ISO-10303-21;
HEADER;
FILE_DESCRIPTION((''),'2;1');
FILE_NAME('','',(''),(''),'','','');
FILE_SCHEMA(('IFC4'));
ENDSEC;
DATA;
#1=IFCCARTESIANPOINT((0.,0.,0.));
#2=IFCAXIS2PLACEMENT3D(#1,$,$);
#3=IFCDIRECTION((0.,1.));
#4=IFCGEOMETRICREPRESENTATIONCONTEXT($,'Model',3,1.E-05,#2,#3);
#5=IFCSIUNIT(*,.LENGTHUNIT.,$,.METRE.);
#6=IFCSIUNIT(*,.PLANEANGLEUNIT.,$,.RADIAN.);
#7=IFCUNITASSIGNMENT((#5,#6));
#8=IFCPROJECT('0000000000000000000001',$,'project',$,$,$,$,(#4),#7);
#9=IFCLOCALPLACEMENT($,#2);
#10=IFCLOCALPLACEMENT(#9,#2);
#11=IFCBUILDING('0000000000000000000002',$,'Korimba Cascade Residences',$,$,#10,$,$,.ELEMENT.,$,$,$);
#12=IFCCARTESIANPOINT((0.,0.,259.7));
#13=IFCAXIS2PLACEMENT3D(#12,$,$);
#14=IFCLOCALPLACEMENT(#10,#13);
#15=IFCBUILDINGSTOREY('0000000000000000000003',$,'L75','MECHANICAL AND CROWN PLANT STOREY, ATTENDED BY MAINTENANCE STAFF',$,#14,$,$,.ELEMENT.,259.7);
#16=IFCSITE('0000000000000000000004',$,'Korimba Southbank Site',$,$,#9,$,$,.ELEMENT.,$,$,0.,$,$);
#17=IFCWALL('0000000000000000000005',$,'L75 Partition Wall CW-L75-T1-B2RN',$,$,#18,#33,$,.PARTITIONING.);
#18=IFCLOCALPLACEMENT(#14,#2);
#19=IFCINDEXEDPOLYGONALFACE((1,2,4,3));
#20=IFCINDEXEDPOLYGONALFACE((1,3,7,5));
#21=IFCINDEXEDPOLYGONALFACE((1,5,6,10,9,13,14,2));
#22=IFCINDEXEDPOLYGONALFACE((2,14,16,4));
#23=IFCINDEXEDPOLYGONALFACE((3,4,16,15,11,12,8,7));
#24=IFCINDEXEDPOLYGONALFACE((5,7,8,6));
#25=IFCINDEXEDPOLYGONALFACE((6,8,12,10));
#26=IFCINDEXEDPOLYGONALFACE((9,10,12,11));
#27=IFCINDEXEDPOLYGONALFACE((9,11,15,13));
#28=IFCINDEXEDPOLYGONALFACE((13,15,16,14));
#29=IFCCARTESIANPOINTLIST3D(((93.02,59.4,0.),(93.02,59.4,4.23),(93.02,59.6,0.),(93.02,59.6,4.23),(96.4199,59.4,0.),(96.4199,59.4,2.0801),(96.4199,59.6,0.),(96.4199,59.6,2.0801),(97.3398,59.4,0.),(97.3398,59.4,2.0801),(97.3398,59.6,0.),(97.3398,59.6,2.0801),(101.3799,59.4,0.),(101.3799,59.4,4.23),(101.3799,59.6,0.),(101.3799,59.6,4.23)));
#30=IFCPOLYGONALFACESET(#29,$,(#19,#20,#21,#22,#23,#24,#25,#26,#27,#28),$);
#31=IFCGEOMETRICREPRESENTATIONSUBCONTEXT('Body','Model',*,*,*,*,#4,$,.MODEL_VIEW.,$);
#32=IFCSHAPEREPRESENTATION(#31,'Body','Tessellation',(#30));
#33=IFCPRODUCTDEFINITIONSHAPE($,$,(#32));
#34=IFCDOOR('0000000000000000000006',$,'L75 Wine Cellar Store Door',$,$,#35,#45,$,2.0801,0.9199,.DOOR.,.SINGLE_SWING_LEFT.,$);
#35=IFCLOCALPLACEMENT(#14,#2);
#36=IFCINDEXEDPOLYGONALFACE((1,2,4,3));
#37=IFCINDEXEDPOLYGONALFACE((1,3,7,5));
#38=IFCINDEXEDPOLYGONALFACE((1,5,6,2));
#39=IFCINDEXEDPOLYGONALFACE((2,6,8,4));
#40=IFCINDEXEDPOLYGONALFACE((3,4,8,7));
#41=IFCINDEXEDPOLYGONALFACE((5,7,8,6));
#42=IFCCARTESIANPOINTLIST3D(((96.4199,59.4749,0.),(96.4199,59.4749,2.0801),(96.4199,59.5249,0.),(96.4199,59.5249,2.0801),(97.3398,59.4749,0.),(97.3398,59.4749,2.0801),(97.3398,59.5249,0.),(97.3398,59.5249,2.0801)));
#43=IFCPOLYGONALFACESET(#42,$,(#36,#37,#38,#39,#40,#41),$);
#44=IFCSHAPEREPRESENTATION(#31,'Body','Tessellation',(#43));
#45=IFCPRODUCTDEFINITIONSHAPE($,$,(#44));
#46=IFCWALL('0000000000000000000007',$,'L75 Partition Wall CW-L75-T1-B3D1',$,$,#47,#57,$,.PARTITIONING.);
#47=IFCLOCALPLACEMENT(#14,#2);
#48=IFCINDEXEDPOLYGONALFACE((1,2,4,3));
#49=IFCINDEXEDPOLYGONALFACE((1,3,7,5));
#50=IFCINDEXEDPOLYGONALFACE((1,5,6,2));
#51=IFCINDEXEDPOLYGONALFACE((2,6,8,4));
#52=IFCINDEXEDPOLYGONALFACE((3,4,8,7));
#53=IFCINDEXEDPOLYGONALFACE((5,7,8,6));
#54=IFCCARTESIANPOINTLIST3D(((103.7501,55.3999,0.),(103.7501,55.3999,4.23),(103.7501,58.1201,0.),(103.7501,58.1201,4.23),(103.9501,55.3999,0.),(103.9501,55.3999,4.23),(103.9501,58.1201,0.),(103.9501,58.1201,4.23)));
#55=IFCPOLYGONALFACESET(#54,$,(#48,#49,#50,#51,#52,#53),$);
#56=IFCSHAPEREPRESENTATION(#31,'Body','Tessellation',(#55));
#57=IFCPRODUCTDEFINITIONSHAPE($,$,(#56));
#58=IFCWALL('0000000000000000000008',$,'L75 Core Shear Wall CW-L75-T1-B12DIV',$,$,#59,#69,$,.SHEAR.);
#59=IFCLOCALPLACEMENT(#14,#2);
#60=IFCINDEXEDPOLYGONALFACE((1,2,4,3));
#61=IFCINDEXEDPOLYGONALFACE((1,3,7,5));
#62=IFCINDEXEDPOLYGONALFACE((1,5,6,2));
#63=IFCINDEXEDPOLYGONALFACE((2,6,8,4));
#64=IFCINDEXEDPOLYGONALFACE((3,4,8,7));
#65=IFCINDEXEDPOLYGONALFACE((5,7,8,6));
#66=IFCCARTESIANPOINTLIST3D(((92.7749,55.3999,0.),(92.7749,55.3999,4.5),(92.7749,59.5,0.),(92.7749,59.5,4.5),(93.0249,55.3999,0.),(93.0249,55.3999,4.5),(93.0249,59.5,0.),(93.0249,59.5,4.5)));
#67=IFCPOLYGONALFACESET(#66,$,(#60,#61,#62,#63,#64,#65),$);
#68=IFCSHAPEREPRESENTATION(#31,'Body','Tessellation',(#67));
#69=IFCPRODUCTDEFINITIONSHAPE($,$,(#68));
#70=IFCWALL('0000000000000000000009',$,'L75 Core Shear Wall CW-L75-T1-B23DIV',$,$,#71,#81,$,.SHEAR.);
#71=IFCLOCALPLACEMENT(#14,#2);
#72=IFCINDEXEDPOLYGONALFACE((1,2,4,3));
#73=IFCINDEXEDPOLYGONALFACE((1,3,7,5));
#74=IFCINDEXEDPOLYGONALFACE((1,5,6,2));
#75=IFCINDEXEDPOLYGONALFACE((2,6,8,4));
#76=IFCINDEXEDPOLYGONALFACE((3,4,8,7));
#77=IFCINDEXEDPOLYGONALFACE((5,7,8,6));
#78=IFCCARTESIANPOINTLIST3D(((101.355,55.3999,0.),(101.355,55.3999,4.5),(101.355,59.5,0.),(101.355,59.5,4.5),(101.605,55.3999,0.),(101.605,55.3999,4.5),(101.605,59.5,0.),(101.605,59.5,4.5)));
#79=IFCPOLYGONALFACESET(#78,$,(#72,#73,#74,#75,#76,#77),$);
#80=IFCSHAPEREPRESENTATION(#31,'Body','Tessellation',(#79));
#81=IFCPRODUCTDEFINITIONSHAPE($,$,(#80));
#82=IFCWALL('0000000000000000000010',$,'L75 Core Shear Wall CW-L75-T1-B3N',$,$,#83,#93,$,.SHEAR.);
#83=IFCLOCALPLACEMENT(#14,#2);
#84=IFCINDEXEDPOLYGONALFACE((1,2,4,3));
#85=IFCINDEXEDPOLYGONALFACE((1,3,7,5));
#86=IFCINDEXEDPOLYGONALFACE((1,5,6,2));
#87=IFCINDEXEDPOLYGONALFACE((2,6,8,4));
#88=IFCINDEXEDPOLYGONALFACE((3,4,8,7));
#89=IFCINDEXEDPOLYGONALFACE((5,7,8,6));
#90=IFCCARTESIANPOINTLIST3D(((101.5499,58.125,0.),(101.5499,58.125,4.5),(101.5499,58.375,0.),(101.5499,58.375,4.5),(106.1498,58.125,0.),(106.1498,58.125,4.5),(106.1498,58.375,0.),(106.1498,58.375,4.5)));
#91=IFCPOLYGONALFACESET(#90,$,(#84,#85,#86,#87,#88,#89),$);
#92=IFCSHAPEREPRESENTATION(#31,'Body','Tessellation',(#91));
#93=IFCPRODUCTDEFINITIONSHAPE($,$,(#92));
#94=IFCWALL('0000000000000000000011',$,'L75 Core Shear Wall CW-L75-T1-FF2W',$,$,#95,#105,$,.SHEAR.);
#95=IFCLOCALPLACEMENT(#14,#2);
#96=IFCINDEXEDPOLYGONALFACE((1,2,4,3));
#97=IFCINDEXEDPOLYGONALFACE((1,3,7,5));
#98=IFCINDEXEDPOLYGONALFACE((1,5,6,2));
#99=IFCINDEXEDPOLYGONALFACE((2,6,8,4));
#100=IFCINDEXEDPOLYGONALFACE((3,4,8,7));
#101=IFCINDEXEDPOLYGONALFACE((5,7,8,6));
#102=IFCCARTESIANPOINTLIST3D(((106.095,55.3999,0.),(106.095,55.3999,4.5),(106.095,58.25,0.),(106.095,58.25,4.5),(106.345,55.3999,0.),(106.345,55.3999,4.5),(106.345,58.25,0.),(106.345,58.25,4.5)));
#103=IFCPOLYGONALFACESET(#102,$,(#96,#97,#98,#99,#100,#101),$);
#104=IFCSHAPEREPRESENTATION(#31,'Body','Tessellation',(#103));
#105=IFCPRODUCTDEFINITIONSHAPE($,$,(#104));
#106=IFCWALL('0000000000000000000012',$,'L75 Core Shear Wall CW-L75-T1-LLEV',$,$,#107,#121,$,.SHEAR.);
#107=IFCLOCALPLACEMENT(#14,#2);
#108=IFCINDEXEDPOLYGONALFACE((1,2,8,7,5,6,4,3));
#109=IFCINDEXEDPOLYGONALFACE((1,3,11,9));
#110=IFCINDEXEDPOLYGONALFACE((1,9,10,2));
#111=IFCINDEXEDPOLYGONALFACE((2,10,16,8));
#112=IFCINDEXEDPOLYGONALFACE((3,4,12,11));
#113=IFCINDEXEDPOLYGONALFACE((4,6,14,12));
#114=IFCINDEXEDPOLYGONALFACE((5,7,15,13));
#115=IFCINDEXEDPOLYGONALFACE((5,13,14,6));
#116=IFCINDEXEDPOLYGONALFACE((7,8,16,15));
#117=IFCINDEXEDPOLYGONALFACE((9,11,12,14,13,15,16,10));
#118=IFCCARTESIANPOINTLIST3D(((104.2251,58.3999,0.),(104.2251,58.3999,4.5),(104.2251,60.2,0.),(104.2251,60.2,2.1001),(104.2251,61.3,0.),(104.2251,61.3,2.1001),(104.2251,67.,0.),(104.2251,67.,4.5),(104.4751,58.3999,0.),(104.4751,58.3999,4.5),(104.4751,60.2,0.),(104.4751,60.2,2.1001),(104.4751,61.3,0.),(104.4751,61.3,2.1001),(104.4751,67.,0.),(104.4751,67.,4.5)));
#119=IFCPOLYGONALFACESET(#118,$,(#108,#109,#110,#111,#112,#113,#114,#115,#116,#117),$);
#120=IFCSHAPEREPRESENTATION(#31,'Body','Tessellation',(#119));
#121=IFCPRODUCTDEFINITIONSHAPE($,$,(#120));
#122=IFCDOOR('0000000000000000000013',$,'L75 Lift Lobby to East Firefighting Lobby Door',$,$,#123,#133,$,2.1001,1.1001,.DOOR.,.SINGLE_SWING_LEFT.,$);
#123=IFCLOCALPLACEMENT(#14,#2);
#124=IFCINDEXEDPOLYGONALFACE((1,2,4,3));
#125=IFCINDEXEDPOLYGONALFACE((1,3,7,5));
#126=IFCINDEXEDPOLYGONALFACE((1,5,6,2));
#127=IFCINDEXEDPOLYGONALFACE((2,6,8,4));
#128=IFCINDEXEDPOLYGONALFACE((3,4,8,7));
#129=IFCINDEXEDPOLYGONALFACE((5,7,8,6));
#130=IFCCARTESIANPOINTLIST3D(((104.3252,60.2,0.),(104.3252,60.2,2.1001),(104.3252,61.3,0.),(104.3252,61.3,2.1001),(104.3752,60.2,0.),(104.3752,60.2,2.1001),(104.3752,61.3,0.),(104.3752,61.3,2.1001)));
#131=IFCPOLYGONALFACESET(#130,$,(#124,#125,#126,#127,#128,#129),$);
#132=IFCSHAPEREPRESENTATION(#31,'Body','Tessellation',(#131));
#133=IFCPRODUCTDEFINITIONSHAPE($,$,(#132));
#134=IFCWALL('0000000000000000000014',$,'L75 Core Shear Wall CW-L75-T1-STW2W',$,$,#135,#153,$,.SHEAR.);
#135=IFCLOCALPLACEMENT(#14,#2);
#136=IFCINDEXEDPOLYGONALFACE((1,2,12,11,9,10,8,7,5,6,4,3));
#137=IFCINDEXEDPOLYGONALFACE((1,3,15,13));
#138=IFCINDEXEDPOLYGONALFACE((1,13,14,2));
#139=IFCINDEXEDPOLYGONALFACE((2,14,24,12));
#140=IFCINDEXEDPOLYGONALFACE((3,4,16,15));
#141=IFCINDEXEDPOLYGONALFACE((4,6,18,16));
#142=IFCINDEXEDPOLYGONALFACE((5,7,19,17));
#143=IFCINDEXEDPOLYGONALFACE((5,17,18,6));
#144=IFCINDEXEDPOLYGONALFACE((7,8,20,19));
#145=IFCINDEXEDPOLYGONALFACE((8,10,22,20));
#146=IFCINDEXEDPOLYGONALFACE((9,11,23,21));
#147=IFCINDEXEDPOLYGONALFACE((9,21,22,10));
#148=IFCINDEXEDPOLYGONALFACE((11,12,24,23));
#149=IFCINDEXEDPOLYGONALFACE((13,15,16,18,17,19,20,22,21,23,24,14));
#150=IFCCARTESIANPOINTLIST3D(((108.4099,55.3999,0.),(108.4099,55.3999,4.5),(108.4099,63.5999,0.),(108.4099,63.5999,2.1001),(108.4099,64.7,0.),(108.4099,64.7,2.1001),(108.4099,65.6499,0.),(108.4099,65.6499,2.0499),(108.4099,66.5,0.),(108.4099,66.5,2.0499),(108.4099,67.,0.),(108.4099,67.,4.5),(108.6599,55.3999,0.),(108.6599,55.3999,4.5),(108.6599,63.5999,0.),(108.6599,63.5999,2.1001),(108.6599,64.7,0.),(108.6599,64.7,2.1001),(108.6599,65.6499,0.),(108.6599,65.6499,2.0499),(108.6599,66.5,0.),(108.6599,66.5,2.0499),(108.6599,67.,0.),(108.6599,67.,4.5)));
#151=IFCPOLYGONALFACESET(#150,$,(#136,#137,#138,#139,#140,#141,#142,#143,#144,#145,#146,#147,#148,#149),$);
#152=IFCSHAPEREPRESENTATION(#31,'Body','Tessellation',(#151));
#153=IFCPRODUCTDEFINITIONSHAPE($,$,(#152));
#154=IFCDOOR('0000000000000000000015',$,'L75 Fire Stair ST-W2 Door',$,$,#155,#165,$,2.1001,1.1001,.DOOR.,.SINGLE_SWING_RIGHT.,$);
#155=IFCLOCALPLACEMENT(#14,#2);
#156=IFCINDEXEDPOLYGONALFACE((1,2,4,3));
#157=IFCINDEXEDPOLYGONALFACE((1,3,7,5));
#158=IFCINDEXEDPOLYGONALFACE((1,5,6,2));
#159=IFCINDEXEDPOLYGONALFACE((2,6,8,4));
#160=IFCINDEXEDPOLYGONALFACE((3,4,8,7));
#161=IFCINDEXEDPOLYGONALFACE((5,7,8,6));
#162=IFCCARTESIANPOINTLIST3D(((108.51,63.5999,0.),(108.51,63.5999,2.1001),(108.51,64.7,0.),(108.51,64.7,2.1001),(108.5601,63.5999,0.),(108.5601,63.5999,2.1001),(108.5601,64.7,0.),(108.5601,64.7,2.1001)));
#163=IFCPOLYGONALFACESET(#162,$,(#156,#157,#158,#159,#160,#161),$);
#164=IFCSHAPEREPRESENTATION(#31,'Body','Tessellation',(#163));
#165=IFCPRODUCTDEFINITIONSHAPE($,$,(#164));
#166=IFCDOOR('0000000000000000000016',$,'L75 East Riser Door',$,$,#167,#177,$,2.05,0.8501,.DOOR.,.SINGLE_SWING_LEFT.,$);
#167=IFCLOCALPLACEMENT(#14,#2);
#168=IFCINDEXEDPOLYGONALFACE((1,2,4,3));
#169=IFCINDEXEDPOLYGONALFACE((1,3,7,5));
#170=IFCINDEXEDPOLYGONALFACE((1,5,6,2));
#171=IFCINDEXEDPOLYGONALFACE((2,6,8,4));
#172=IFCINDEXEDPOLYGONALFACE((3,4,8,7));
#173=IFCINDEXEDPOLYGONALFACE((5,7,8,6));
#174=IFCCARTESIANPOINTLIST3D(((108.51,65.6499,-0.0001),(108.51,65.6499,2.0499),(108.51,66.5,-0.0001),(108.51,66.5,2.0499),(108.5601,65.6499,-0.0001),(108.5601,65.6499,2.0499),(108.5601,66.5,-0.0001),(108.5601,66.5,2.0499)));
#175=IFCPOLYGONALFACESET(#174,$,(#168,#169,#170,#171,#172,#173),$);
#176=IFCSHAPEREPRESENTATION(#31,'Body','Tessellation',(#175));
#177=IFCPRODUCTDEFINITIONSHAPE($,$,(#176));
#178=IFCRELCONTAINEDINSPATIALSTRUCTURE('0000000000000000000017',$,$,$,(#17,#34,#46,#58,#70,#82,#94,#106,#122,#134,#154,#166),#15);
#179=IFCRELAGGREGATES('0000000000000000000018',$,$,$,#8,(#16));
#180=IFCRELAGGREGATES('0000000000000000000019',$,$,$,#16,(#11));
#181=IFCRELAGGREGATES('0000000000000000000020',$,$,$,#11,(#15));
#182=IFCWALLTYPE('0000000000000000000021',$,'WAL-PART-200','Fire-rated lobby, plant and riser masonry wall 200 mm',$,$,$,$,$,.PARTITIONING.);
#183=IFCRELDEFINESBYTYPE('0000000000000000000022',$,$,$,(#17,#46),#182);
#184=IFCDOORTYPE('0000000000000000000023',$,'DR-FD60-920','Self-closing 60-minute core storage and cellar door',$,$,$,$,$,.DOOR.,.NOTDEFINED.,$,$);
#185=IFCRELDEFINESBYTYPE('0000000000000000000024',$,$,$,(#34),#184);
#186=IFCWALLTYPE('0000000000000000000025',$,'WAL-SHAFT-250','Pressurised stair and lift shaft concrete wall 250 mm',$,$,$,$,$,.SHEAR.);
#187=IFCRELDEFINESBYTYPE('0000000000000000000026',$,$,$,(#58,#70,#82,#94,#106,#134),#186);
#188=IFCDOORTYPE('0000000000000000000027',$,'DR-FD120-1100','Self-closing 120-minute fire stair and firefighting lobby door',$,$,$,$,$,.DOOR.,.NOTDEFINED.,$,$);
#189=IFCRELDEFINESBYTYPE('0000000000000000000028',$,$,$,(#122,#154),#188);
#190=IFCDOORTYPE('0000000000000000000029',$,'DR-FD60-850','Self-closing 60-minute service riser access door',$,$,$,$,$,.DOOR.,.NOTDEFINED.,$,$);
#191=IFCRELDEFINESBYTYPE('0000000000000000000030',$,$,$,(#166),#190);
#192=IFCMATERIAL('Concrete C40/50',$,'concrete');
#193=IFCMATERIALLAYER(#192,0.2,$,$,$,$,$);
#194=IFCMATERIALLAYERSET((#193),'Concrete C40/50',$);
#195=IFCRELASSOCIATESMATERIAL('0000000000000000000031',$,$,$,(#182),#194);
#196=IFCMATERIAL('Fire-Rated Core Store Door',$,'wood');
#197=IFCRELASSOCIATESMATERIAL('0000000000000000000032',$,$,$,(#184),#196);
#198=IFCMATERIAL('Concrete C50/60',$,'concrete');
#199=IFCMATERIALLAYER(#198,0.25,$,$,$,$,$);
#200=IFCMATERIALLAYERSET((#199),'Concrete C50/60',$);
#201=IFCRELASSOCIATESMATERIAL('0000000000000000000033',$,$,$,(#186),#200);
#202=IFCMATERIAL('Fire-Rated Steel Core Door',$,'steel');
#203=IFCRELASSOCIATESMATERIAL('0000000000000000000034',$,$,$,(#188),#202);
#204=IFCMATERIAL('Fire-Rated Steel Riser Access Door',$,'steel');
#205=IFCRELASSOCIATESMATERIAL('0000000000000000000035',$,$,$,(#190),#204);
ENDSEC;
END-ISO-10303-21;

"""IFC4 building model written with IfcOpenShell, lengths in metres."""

from ifc_helpers import new_model, si_unit, direction, frame, frame_2d, origin, place, context, subcontext, project, spatial, rectangle, extrude, material, layer, layer_set, type_object, element, fill, save


model = new_model("IFC4")

# Units and contexts
model_context = context("Model", 3, precision=1e-05, world=origin(), true_north=direction((0.0, 1.0)))
body_context = subcontext(model_context, "Body", "Model", "MODEL_VIEW")
ifc_project = project(units=[si_unit("LENGTHUNIT", "METRE"), si_unit("PLANEANGLEUNIT", "RADIAN")], contexts=[model_context])

# Site, building, storey
site_placement = place(None, origin())
site = spatial("IfcSite", under=ifc_project, at=site_placement, Name="Korimba Southbank Site", CompositionType="ELEMENT", RefElevation=0.0)
building_placement = place(site_placement, origin())
building = spatial("IfcBuilding", under=site, at=building_placement, Name="Korimba Cascade Residences", CompositionType="ELEMENT")
storey_placement = place(building_placement, frame((0.0, 0.0, 259.7)))
storey = spatial("IfcBuildingStorey", under=building, at=storey_placement, Name="L75", Description="MECHANICAL AND CROWN PLANT STOREY, ATTENDED BY MAINTENANCE STAFF", CompositionType="ELEMENT", Elevation=259.7)

# Shared definitions
ifc_material_1 = material(Name="Concrete C50/60", Category="concrete")

# Wall, opening, door
ifc_material_2 = material(Name="Concrete C40/50", Category="concrete")
ifc_layer_1 = layer(ifc_material_2, 0.2)
ifc_layer_set_1 = layer_set([ifc_layer_1], Name="Concrete C40/50")
wall_type_1 = type_object("IfcWallType", Name="WAL-PART-200", Description="Fire-rated lobby, plant and riser masonry wall 200 mm", PredefinedType="PARTITIONING", material=ifc_layer_set_1)
wall_1_placement = place(storey_placement, frame((93.02, 59.5, 0.0), z_axis=(0.0, 0.0, 1.0), x_axis=(1.0, 0.0, 0.0)))
wall_1 = element("IfcWall", 1, at=wall_1_placement, inside=storey, type_object=wall_type_1, Name="L75 Partition Wall CW-L75-T1-B2RN", PredefinedType="PARTITIONING", context=body_context, shape_type="SweptSolid", body=[
    extrude(rectangle(XDim=8.3599, YDim=0.2, at=frame_2d((4.1799, 0.0))), origin(), (0.0, 0.0, 1.0), 4.23),
])
opening_1_placement = place(wall_1_placement, frame((3.3999, 0.0, 0.0)))
opening_1 = element("IfcOpeningElement", 2, at=opening_1_placement, cuts=wall_1, PredefinedType="OPENING", context=body_context, shape_type="SweptSolid", body=[
    extrude(rectangle(XDim=0.9199, YDim=2.0801, at=frame_2d((0.46, 1.04))), frame((0.0, 0.1099, 0.0), z_axis=(0.0, -1.0, 0.0), x_axis=(1.0, 0.0, 0.0)), (0.0, 0.0, 1.0), 0.22),
])
ifc_material_3 = material(Name="Fire-Rated Core Store Door", Category="wood")
door_type_1 = type_object("IfcDoorType", Name="DR-FD60-920", Description="Self-closing 60-minute core storage and cellar door", OperationType="NOTDEFINED", PredefinedType="DOOR", material=ifc_material_3)
door_1_placement = place(opening_1_placement, origin())
door_1 = element("IfcDoor", 3, at=door_1_placement, inside=storey, type_object=door_type_1, Name="L75 Wine Cellar Store Door", OperationType="SINGLE_SWING_LEFT", OverallHeight=2.0801, OverallWidth=0.9199, PredefinedType="DOOR", context=body_context, shape_type="SweptSolid", body=[
    extrude(rectangle(XDim=0.9199, YDim=2.0801, at=frame_2d((0.46, 1.04))), frame((0.0, 0.0249, 0.0), z_axis=(0.0, -1.0, 0.0), x_axis=(1.0, 0.0, 0.0)), (0.0, 0.0, 1.0), 0.05),
])
fill(opening_1, door_1)

# Walls
wall_2_placement = place(storey_placement, frame((103.8501, 55.3999, 0.0), z_axis=(0.0, 0.0, 1.0), x_axis=(0.0, 1.0, 0.0)))
element("IfcWall", 4, at=wall_2_placement, inside=storey, type_object=wall_type_1, Name="L75 Partition Wall CW-L75-T1-B3D1", PredefinedType="PARTITIONING", context=body_context, shape_type="SweptSolid", body=[
    extrude(rectangle(XDim=2.7202, YDim=0.2, at=frame_2d((1.3601, 0.0))), origin(), (0.0, 0.0, 1.0), 4.23),
])
ifc_layer_2 = layer(ifc_material_1, 0.25)
ifc_layer_set_2 = layer_set([ifc_layer_2], Name="Concrete C50/60")
wall_type_2 = type_object("IfcWallType", Name="WAL-SHAFT-250", Description="Pressurised stair and lift shaft concrete wall 250 mm", PredefinedType="SHEAR", material=ifc_layer_set_2)
for number, where, z_axis, x_axis, name in (
    (5, (92.8999, 55.3999, 0.0), (0.0, 0.0, 1.0), (0.0, 1.0, 0.0), "L75 Core Shear Wall CW-L75-T1-B12DIV"),
    (6, (101.48, 55.3999, 0.0), (0.0, 0.0, 1.0), (0.0, 1.0, 0.0), "L75 Core Shear Wall CW-L75-T1-B23DIV"),
):
    element("IfcWall", number, at=place(storey_placement, frame(where, z_axis=z_axis, x_axis=x_axis)), inside=storey, type_object=wall_type_2, Name=name, PredefinedType="SHEAR", context=body_context, shape_type="SweptSolid", body=[
        extrude(rectangle(XDim=4.1001, YDim=0.25, at=frame_2d((2.05, 0.0))), origin(), (0.0, 0.0, 1.0), 4.5),
    ])
wall_3_placement = place(storey_placement, frame((101.55, 58.25, 0.0), z_axis=(0.0, 0.0, 1.0), x_axis=(1.0, 0.0, 0.0)))
element("IfcWall", 7, at=wall_3_placement, inside=storey, type_object=wall_type_2, Name="L75 Core Shear Wall CW-L75-T1-B3N", PredefinedType="SHEAR", context=body_context, shape_type="SweptSolid", body=[
    extrude(rectangle(XDim=4.5999, YDim=0.25, at=frame_2d((2.2998, 0.0))), origin(), (0.0, 0.0, 1.0), 4.5),
])
wall_4_placement = place(storey_placement, frame((106.22, 55.3999, 0.0), z_axis=(0.0, 0.0, 1.0), x_axis=(0.0, 1.0, 0.0)))
element("IfcWall", 8, at=wall_4_placement, inside=storey, type_object=wall_type_2, Name="L75 Core Shear Wall CW-L75-T1-FF2W", PredefinedType="SHEAR", context=body_context, shape_type="SweptSolid", body=[
    extrude(rectangle(XDim=2.8501, YDim=0.25, at=frame_2d((1.425, 0.0))), origin(), (0.0, 0.0, 1.0), 4.5),
])

# Wall, opening, door
wall_5_placement = place(storey_placement, frame((104.3501, 58.3999, 0.0), z_axis=(0.0, 0.0, 1.0), x_axis=(0.0, 1.0, 0.0)))
wall_5 = element("IfcWall", 9, at=wall_5_placement, inside=storey, type_object=wall_type_2, Name="L75 Core Shear Wall CW-L75-T1-LLEV", PredefinedType="SHEAR", context=body_context, shape_type="SweptSolid", body=[
    extrude(rectangle(XDim=8.6001, YDim=0.25, at=frame_2d((4.3, 0.0))), origin(), (0.0, 0.0, 1.0), 4.5),
])
opening_2_placement = place(wall_5_placement, frame((1.8, 0.0, 0.0)))
opening_2 = element("IfcOpeningElement", 10, at=opening_2_placement, cuts=wall_5, PredefinedType="OPENING", context=body_context, shape_type="SweptSolid", body=[
    extrude(rectangle(XDim=1.1001, YDim=2.1001, at=frame_2d((0.55, 1.05))), frame((0.0, 0.135, 0.0), z_axis=(0.0, -1.0, 0.0), x_axis=(1.0, 0.0, 0.0)), (0.0, 0.0, 1.0), 0.27),
])
ifc_material_4 = material(Name="Fire-Rated Steel Core Door", Category="steel")
door_type_2 = type_object("IfcDoorType", Name="DR-FD120-1100", Description="Self-closing 120-minute fire stair and firefighting lobby door", OperationType="NOTDEFINED", PredefinedType="DOOR", material=ifc_material_4)
door_2_placement = place(opening_2_placement, origin())
door_2 = element("IfcDoor", 11, at=door_2_placement, inside=storey, type_object=door_type_2, Name="L75 Lift Lobby to East Firefighting Lobby Door", OperationType="SINGLE_SWING_LEFT", OverallHeight=2.1001, OverallWidth=1.1001, PredefinedType="DOOR", context=body_context, shape_type="SweptSolid", body=[
    extrude(rectangle(XDim=1.1001, YDim=2.1001, at=frame_2d((0.55, 1.05))), frame((0.0, 0.0249, 0.0), z_axis=(0.0, -1.0, 0.0), x_axis=(1.0, 0.0, 0.0)), (0.0, 0.0, 1.0), 0.05),
])
fill(opening_2, door_2)

# Wall, openings, doors
wall_6_placement = place(storey_placement, frame((108.5349, 55.3999, 0.0), z_axis=(0.0, 0.0, 1.0), x_axis=(0.0, 1.0, 0.0)))
wall_6 = element("IfcWall", 12, at=wall_6_placement, inside=storey, type_object=wall_type_2, Name="L75 Core Shear Wall CW-L75-T1-STW2W", PredefinedType="SHEAR", context=body_context, shape_type="SweptSolid", body=[
    extrude(rectangle(XDim=11.6001, YDim=0.25, at=frame_2d((5.8, 0.0))), origin(), (0.0, 0.0, 1.0), 4.5),
])
opening_3_placement = place(wall_6_placement, frame((8.2, 0.0, 0.0)))
opening_3 = element("IfcOpeningElement", 13, at=opening_3_placement, cuts=wall_6, PredefinedType="OPENING", context=body_context, shape_type="SweptSolid", body=[
    extrude(rectangle(XDim=1.1001, YDim=2.1001, at=frame_2d((0.55, 1.05))), frame((0.0, 0.135, 0.0), z_axis=(0.0, -1.0, 0.0), x_axis=(1.0, 0.0, 0.0)), (0.0, 0.0, 1.0), 0.27),
])
opening_4_placement = place(wall_6_placement, frame((10.25, 0.0, 0.0)))
opening_4 = element("IfcOpeningElement", 14, at=opening_4_placement, cuts=wall_6, PredefinedType="OPENING", context=body_context, shape_type="SweptSolid", body=[
    extrude(rectangle(XDim=0.8501, YDim=2.05, at=frame_2d((0.425, 1.0249))), frame((0.0, 0.135, 0.0), z_axis=(0.0, -1.0, 0.0), x_axis=(1.0, 0.0, 0.0)), (0.0, 0.0, 1.0), 0.27),
])
door_3_placement = place(opening_3_placement, origin())
door_3 = element("IfcDoor", 15, at=door_3_placement, inside=storey, type_object=door_type_2, Name="L75 Fire Stair ST-W2 Door", OperationType="SINGLE_SWING_RIGHT", OverallHeight=2.1001, OverallWidth=1.1001, PredefinedType="DOOR", context=body_context, shape_type="SweptSolid", body=[
    extrude(rectangle(XDim=1.1001, YDim=2.1001, at=frame_2d((0.55, 1.05))), frame((0.0, 0.0249, 0.0), z_axis=(0.0, -1.0, 0.0), x_axis=(1.0, 0.0, 0.0)), (0.0, 0.0, 1.0), 0.05),
])
fill(opening_3, door_3)
ifc_material_5 = material(Name="Fire-Rated Steel Riser Access Door", Category="steel")
door_type_3 = type_object("IfcDoorType", Name="DR-FD60-850", Description="Self-closing 60-minute service riser access door", OperationType="NOTDEFINED", PredefinedType="DOOR", material=ifc_material_5)
door_4_placement = place(opening_4_placement, origin())
door_4 = element("IfcDoor", 16, at=door_4_placement, inside=storey, type_object=door_type_3, Name="L75 East Riser Door", OperationType="SINGLE_SWING_LEFT", OverallHeight=2.05, OverallWidth=0.8501, PredefinedType="DOOR", context=body_context, shape_type="SweptSolid", body=[
    extrude(rectangle(XDim=0.8501, YDim=2.05, at=frame_2d((0.425, 1.0249))), frame((0.0, 0.0249, 0.0), z_axis=(0.0, -1.0, 0.0), x_axis=(1.0, 0.0, 0.0)), (0.0, 0.0, 1.0), 0.05),
])
fill(opening_4, door_4)

save(model, "model.ifc")
